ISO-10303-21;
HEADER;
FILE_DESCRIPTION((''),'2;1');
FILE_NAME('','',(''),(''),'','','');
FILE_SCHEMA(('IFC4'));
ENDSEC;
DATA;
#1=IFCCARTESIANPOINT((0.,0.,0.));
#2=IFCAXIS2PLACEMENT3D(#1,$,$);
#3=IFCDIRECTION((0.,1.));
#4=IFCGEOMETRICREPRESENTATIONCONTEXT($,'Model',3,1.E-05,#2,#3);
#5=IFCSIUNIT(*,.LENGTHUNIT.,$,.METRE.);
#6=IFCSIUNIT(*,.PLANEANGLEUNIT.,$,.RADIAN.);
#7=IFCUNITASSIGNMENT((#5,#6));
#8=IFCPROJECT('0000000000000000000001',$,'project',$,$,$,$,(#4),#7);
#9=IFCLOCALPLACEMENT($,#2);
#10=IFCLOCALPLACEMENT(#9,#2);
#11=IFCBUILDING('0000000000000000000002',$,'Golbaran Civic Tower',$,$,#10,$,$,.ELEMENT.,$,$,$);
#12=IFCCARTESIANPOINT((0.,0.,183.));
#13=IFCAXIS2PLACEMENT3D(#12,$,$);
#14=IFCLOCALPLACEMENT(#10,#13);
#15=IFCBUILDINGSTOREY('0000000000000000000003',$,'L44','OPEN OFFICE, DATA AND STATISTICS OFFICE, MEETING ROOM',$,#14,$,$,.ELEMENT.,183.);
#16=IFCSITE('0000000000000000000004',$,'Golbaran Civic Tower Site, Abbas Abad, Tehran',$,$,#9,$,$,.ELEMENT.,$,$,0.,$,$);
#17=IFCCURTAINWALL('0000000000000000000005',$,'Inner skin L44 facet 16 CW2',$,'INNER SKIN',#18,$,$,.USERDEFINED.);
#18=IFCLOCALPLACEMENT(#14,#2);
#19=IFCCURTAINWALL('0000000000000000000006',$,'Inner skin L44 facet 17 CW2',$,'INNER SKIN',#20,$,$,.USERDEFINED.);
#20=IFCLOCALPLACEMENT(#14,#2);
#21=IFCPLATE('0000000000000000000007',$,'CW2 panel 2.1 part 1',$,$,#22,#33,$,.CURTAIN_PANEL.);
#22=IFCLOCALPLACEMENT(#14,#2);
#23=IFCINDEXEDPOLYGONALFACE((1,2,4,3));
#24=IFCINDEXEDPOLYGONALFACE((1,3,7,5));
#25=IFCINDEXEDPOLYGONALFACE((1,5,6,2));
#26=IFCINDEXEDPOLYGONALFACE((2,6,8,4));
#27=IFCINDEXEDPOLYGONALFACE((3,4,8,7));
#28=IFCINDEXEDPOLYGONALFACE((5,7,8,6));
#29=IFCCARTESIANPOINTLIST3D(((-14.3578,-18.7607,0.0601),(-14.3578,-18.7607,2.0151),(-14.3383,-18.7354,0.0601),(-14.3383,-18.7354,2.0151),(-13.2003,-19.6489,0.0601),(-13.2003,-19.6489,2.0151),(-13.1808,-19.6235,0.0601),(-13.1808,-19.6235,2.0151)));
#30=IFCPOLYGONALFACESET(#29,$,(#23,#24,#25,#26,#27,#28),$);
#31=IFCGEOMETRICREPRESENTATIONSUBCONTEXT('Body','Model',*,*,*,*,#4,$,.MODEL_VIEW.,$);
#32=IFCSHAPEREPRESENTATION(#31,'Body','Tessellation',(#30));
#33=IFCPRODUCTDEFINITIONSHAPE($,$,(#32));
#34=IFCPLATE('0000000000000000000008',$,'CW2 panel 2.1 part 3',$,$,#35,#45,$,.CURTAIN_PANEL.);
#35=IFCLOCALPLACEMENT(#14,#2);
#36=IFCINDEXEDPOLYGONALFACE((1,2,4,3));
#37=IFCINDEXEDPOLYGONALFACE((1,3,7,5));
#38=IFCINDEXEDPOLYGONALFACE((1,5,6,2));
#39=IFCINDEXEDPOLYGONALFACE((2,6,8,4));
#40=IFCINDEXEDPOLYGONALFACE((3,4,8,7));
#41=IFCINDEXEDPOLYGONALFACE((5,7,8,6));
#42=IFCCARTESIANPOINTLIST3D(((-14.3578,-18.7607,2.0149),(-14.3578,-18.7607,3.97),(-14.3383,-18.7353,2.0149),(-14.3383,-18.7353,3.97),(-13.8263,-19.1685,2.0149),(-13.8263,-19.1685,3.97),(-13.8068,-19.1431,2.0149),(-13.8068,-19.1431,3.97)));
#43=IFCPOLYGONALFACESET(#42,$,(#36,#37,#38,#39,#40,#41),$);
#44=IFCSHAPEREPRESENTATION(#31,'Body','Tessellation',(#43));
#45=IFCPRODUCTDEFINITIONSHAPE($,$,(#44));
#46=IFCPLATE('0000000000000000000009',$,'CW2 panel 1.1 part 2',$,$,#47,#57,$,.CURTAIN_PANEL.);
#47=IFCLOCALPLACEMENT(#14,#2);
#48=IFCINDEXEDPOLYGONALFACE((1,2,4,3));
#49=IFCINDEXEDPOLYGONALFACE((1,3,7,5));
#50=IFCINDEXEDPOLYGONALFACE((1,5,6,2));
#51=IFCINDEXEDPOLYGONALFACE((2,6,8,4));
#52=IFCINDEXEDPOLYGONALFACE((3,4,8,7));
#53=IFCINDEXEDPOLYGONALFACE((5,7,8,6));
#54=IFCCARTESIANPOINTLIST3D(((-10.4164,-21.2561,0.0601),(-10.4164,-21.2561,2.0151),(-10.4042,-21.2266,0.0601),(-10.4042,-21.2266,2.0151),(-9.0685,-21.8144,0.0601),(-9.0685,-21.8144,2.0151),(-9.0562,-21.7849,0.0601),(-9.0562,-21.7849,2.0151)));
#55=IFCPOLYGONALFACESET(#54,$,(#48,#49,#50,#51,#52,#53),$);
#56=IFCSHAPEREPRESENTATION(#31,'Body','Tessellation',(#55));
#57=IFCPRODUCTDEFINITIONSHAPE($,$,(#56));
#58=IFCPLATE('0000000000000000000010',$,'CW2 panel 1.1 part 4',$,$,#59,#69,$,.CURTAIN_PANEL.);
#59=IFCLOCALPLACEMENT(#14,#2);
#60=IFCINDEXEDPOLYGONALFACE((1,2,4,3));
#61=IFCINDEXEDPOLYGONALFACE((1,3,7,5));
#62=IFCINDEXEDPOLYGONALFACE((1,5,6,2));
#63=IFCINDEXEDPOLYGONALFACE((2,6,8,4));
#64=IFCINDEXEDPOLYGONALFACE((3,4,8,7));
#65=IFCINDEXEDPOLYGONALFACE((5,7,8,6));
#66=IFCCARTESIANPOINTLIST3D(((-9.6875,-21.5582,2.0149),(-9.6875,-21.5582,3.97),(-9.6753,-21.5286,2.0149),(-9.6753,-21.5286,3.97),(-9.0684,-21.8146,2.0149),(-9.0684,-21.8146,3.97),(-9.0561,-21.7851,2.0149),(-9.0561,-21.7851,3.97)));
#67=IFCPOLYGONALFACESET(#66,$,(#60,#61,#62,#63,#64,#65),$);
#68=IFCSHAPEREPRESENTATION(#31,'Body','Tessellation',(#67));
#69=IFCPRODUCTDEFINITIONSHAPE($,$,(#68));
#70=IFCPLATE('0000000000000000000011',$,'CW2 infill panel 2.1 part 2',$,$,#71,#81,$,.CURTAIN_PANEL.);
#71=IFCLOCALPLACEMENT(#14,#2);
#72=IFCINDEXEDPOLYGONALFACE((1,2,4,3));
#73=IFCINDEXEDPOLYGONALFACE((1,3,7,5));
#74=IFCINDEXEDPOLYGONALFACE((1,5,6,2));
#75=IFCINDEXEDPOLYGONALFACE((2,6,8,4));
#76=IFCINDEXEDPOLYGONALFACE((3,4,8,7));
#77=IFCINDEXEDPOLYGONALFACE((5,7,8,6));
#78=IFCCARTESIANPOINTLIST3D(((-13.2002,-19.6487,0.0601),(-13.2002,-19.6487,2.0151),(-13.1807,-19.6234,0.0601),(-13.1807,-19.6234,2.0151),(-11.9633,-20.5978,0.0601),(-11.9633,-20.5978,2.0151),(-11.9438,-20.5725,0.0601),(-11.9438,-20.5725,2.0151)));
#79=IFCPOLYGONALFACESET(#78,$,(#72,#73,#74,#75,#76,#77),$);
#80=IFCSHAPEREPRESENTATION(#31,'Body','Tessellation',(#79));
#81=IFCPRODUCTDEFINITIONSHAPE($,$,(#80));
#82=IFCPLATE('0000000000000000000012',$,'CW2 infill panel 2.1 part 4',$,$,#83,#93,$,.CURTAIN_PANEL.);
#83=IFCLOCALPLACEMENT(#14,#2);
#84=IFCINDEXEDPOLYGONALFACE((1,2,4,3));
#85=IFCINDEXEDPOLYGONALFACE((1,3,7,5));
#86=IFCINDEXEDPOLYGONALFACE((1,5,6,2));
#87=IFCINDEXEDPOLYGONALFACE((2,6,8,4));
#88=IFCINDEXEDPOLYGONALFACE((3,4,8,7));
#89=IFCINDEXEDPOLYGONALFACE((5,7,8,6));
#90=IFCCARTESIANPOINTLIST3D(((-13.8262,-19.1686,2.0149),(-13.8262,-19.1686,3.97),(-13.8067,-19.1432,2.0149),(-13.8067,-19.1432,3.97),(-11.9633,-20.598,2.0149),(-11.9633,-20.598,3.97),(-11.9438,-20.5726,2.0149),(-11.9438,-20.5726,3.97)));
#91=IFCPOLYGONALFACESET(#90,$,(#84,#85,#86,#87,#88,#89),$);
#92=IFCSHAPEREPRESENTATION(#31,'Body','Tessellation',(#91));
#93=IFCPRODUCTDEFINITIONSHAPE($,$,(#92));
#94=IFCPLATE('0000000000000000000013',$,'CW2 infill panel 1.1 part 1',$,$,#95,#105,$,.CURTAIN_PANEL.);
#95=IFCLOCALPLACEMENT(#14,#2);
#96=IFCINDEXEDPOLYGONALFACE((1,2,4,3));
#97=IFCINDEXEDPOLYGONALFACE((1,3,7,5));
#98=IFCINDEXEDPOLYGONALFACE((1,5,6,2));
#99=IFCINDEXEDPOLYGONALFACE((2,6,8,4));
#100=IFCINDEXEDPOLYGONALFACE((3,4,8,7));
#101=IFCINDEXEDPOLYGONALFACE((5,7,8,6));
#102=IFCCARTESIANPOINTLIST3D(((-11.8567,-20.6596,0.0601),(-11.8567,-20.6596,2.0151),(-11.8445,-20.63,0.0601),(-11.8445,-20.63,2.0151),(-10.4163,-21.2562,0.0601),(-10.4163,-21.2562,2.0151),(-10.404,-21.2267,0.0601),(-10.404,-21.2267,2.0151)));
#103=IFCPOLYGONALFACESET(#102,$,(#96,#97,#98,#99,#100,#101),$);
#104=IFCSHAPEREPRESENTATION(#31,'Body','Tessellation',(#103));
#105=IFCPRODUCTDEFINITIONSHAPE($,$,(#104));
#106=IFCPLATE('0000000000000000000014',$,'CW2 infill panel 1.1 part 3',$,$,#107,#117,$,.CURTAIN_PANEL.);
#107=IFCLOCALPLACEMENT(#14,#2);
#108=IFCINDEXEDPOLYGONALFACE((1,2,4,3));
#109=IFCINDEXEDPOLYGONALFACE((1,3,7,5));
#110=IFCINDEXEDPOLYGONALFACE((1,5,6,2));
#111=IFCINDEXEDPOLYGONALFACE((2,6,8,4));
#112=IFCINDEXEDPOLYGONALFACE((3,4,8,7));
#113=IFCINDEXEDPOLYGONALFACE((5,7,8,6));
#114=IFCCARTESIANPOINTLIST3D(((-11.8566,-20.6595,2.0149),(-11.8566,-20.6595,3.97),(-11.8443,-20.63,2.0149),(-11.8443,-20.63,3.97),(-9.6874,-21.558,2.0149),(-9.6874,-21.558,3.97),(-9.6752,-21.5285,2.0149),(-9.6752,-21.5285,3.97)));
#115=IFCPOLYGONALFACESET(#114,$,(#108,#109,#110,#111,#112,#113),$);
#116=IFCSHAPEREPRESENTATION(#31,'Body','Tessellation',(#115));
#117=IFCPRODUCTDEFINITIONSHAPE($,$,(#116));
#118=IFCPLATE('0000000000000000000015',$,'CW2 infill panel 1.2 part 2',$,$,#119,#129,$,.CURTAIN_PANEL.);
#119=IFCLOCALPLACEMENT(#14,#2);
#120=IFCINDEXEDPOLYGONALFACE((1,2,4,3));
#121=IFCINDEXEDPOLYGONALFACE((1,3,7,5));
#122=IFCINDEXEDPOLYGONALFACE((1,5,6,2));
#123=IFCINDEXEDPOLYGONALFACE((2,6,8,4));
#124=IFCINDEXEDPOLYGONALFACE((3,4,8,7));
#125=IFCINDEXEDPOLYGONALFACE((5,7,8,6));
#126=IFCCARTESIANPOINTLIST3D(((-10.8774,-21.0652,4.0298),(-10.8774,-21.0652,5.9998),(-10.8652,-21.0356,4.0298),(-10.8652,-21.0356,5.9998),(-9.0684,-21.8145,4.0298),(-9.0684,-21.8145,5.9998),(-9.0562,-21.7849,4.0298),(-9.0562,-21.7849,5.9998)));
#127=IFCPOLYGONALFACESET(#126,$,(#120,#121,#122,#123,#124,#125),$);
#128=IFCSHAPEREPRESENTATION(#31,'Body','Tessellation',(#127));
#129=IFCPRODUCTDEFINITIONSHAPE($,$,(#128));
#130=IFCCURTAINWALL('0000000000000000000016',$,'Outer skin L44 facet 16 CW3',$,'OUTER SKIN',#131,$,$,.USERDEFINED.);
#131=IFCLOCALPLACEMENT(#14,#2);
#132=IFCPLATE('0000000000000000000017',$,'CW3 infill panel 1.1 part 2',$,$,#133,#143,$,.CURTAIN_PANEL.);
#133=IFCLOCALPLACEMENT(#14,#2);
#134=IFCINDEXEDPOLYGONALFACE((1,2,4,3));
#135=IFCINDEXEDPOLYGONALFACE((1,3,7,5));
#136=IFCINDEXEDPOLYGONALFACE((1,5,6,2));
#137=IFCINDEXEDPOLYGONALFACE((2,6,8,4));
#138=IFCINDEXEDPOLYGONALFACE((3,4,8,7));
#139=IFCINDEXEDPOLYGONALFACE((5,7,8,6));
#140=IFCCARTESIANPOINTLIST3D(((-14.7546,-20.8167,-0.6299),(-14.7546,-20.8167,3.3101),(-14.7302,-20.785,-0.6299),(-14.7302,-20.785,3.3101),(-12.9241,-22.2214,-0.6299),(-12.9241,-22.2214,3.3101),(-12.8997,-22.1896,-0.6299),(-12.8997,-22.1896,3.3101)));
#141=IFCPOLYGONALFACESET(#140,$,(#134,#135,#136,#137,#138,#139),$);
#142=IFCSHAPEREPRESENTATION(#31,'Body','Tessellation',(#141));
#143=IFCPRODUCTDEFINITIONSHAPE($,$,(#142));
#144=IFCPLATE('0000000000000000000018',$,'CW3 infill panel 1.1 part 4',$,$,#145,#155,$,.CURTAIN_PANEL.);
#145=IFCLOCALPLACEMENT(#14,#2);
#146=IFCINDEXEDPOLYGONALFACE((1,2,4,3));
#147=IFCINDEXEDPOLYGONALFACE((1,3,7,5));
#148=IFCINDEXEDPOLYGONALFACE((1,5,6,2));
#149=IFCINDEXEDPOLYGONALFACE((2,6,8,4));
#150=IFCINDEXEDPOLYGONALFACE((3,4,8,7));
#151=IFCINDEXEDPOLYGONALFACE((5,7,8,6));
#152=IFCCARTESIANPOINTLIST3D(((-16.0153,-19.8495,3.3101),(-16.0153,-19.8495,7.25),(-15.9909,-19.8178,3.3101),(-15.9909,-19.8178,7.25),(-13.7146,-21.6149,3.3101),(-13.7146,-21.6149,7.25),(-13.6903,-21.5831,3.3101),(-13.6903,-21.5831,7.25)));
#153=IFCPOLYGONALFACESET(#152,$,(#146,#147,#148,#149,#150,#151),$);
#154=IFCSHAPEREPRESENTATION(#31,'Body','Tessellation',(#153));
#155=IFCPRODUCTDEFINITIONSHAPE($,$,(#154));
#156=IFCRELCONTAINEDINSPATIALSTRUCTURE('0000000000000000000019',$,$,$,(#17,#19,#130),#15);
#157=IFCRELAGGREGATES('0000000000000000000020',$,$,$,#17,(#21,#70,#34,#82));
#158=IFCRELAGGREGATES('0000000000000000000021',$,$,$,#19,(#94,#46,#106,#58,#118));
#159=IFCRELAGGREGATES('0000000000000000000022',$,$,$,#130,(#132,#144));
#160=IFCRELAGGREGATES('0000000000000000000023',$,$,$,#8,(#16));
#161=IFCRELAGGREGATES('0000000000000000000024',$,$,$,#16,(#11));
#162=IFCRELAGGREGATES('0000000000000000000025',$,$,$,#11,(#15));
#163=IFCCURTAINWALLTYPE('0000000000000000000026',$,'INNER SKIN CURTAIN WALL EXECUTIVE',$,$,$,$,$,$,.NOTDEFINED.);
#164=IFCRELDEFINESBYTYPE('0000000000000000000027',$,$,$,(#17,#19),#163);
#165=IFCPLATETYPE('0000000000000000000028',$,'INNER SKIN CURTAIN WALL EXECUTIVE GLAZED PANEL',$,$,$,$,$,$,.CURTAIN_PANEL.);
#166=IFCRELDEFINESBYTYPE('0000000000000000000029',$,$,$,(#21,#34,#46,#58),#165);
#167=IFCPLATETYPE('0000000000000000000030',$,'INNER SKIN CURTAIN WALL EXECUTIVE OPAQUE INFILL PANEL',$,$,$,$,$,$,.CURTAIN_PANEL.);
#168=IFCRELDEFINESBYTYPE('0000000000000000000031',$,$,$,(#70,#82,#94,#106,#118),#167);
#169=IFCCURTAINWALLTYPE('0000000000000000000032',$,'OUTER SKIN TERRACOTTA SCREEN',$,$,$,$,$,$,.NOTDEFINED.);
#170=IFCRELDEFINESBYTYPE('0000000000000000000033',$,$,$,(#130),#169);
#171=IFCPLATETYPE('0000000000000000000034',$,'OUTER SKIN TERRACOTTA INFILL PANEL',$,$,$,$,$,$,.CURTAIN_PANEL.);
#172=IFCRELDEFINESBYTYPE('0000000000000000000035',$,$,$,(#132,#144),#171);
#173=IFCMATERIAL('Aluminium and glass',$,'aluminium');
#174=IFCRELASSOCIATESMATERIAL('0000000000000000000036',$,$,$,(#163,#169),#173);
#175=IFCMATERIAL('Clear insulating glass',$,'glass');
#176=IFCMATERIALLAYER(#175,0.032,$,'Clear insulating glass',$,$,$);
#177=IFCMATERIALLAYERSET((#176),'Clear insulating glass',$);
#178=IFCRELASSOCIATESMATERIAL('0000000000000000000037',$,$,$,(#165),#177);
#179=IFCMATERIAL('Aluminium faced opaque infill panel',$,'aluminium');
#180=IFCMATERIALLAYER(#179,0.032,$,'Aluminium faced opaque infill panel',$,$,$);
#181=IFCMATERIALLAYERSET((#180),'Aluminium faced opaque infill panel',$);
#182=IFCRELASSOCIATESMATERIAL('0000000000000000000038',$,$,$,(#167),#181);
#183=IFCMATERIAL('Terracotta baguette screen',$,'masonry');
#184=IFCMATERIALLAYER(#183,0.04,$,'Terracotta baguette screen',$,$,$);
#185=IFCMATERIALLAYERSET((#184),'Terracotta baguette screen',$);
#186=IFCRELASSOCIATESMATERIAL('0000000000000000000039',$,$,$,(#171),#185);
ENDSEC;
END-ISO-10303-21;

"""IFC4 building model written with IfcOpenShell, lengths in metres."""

from ifc_helpers import new_model, si_unit, direction, frame, origin, origin_2d, place, context, subcontext, project, spatial, rectangle, extrude, material, layer, layer_set, type_object, element, aggregate, save


model = new_model("IFC4")

# Units and contexts
model_context = context("Model", 3, precision=1e-05, world=origin(), true_north=direction((0.0, 1.0)))
body_context = subcontext(model_context, "Body", "Model", "MODEL_VIEW")
ifc_project = project(units=[si_unit("LENGTHUNIT", "METRE"), si_unit("PLANEANGLEUNIT", "RADIAN")], contexts=[model_context])

# Site, building, storey
site_placement = place(None, origin())
site = spatial("IfcSite", under=ifc_project, at=site_placement, Name="Golbaran Civic Tower Site, Abbas Abad, Tehran", CompositionType="ELEMENT", RefElevation=0.0)
building_placement = place(site_placement, origin())
building = spatial("IfcBuilding", under=site, at=building_placement, Name="Golbaran Civic Tower", CompositionType="ELEMENT")
storey_placement = place(building_placement, frame((0.0, 0.0, 183.0)))
storey = spatial("IfcBuildingStorey", under=building, at=storey_placement, Name="L44", Description="OPEN OFFICE, DATA AND STATISTICS OFFICE, MEETING ROOM", CompositionType="ELEMENT", Elevation=183.0)

# Curtain walls
ifc_material_1 = material(Name="Aluminium and glass", Category="aluminium")
curtain_wall_type_1 = type_object("IfcCurtainWallType", Name="INNER SKIN CURTAIN WALL EXECUTIVE", PredefinedType="NOTDEFINED", material=ifc_material_1)
curtain_wall_1_placement = place(storey_placement, origin())
curtain_wall_1 = element("IfcCurtainWall", 1, at=curtain_wall_1_placement, inside=storey, type_object=curtain_wall_type_1, Name="Inner skin L44 facet 16 CW2", ObjectType="INNER SKIN", PredefinedType="USERDEFINED")
curtain_wall_2_placement = place(storey_placement, origin())
curtain_wall_2 = element("IfcCurtainWall", 2, at=curtain_wall_2_placement, inside=storey, type_object=curtain_wall_type_1, Name="Inner skin L44 facet 17 CW2", ObjectType="INNER SKIN", PredefinedType="USERDEFINED")

# Plates
ifc_material_2 = material(Name="Clear insulating glass", Category="glass")
ifc_layer_1 = layer(ifc_material_2, 0.032, Name="Clear insulating glass")
ifc_layer_set_1 = layer_set([ifc_layer_1], Name="Clear insulating glass")
plate_type_1 = type_object("IfcPlateType", Name="INNER SKIN CURTAIN WALL EXECUTIVE GLAZED PANEL", PredefinedType="CURTAIN_PANEL", material=ifc_layer_set_1)
plate_1_placement = place(storey_placement, frame((-13.7693, -19.1921, 0.0601), z_axis=(0.0, 0.0, 1.0), x_axis=(0.793353, -0.608761, 0.0)))
plate_1 = element("IfcPlate", 3, at=plate_1_placement, type_object=plate_type_1, Name="CW2 panel 2.1 part 1", PredefinedType="CURTAIN_PANEL", context=body_context, shape_type="SweptSolid", body=[
    extrude(rectangle(XDim=1.459, YDim=0.032, at=origin_2d()), origin(), (0.0, 0.0, 1.0), 1.9551),
])
plate_2_placement = place(storey_placement, frame((-14.0823, -18.9519, 2.0149), z_axis=(0.0, 0.0, 1.0), x_axis=(0.793353, -0.608761, 0.0)))
plate_2 = element("IfcPlate", 4, at=plate_2_placement, type_object=plate_type_1, Name="CW2 panel 2.1 part 3", PredefinedType="CURTAIN_PANEL", context=body_context, shape_type="SweptSolid", body=[
    extrude(rectangle(XDim=0.6699, YDim=0.032, at=origin_2d()), origin(), (0.0, 0.0, 1.0), 1.9551),
])
plate_3_placement = place(storey_placement, frame((-9.7363, -21.5205, 0.0601), z_axis=(0.0, 0.0, 1.0), x_axis=(0.92388, -0.382683, 0.0)))
plate_3 = element("IfcPlate", 5, at=plate_3_placement, type_object=plate_type_1, Name="CW2 panel 1.1 part 2", PredefinedType="CURTAIN_PANEL", context=body_context, shape_type="SweptSolid", body=[
    extrude(rectangle(XDim=1.459, YDim=0.032, at=origin_2d()), origin(), (0.0, 0.0, 1.0), 1.9551),
])
plate_4_placement = place(storey_placement, frame((-9.3718, -21.6716, 2.0149), z_axis=(0.0, 0.0, 1.0), x_axis=(0.92388, -0.382683, 0.0)))
plate_4 = element("IfcPlate", 6, at=plate_4_placement, type_object=plate_type_1, Name="CW2 panel 1.1 part 4", PredefinedType="CURTAIN_PANEL", context=body_context, shape_type="SweptSolid", body=[
    extrude(rectangle(XDim=0.6702, YDim=0.032, at=origin_2d()), origin(), (0.0, 0.0, 1.0), 1.9551),
])
ifc_material_3 = material(Name="Aluminium faced opaque infill panel", Category="aluminium")
ifc_layer_2 = layer(ifc_material_3, 0.032, Name="Aluminium faced opaque infill panel")
ifc_layer_set_2 = layer_set([ifc_layer_2], Name="Aluminium faced opaque infill panel")
plate_type_2 = type_object("IfcPlateType", Name="INNER SKIN CURTAIN WALL EXECUTIVE OPAQUE INFILL PANEL", PredefinedType="CURTAIN_PANEL", material=ifc_layer_set_2)
plate_5_placement = place(storey_placement, frame((-12.572, -20.1106, 0.0601), z_axis=(0.0, 0.0, 1.0), x_axis=(0.793353, -0.608761, 0.0)))
plate_5 = element("IfcPlate", 7, at=plate_5_placement, type_object=plate_type_2, Name="CW2 infill panel 2.1 part 2", PredefinedType="CURTAIN_PANEL", context=body_context, shape_type="SweptSolid", body=[
    extrude(rectangle(XDim=1.5591, YDim=0.032, at=origin_2d()), origin(), (0.0, 0.0, 1.0), 1.9551),
])
plate_6_placement = place(storey_placement, frame((-12.885, -19.8706, 2.0149), z_axis=(0.0, 0.0, 1.0), x_axis=(0.793353, -0.608761, 0.0)))
plate_6 = element("IfcPlate", 8, at=plate_6_placement, type_object=plate_type_2, Name="CW2 infill panel 2.1 part 4", PredefinedType="CURTAIN_PANEL", context=body_context, shape_type="SweptSolid", body=[
    extrude(rectangle(XDim=2.3481, YDim=0.032, at=origin_2d()), origin(), (0.0, 0.0, 1.0), 1.9551),
])
aggregate(curtain_wall_1, [plate_1, plate_5, plate_2, plate_6])
plate_7_placement = place(storey_placement, frame((-11.1304, -20.9431, 0.0601), z_axis=(0.0, 0.0, 1.0), x_axis=(0.92388, -0.382683, 0.0)))
plate_7 = element("IfcPlate", 9, at=plate_7_placement, type_object=plate_type_2, Name="CW2 infill panel 1.1 part 1", PredefinedType="CURTAIN_PANEL", context=body_context, shape_type="SweptSolid", body=[
    extrude(rectangle(XDim=1.5591, YDim=0.032, at=origin_2d()), origin(), (0.0, 0.0, 1.0), 1.9551),
])
plate_8_placement = place(storey_placement, frame((-10.7659, -21.094, 2.0149), z_axis=(0.0, 0.0, 1.0), x_axis=(0.92388, -0.382683, 0.0)))
plate_8 = element("IfcPlate", 10, at=plate_8_placement, type_object=plate_type_2, Name="CW2 infill panel 1.1 part 3", PredefinedType="CURTAIN_PANEL", context=body_context, shape_type="SweptSolid", body=[
    extrude(rectangle(XDim=2.3479, YDim=0.032, at=origin_2d()), origin(), (0.0, 0.0, 1.0), 1.9551),
])
plate_9_placement = place(storey_placement, frame((-9.9668, -21.425, 4.0298), z_axis=(0.0, 0.0, 1.0), x_axis=(0.92388, -0.382683, 0.0)))
plate_9 = element("IfcPlate", 11, at=plate_9_placement, type_object=plate_type_2, Name="CW2 infill panel 1.2 part 2", PredefinedType="CURTAIN_PANEL", context=body_context, shape_type="SweptSolid", body=[
    extrude(rectangle(XDim=1.958, YDim=0.032, at=origin_2d()), origin(), (0.0, 0.0, 1.0), 1.97),
])
aggregate(curtain_wall_2, [plate_7, plate_3, plate_8, plate_4, plate_9])

# Curtain wall, plates
curtain_wall_type_2 = type_object("IfcCurtainWallType", Name="OUTER SKIN TERRACOTTA SCREEN", PredefinedType="NOTDEFINED", material=ifc_material_1)
curtain_wall_3_placement = place(storey_placement, origin())
curtain_wall_3 = element("IfcCurtainWall", 12, at=curtain_wall_3_placement, inside=storey, type_object=curtain_wall_type_2, Name="Outer skin L44 facet 16 CW3", ObjectType="OUTER SKIN", PredefinedType="USERDEFINED")
ifc_material_4 = material(Name="Terracotta baguette screen", Category="masonry")
ifc_layer_3 = layer(ifc_material_4, 0.04, Name="Terracotta baguette screen")
ifc_layer_set_3 = layer_set([ifc_layer_3], Name="Terracotta baguette screen")
plate_type_3 = type_object("IfcPlateType", Name="OUTER SKIN TERRACOTTA INFILL PANEL", PredefinedType="CURTAIN_PANEL", material=ifc_layer_set_3)
plate_10_placement = place(storey_placement, frame((-13.8271, -21.5032, -0.6299), z_axis=(0.0, 0.0, 1.0), x_axis=(0.793353, -0.608761, 0.0)))
plate_10 = element("IfcPlate", 13, at=plate_10_placement, type_object=plate_type_3, Name="CW3 infill panel 1.1 part 2", PredefinedType="CURTAIN_PANEL", context=body_context, shape_type="SweptSolid", body=[
    extrude(rectangle(XDim=2.3074, YDim=0.04, at=origin_2d()), origin(), (0.0, 0.0, 1.0), 3.9399),
])
plate_11_placement = place(storey_placement, frame((-14.8528, -20.7163, 3.3101), z_axis=(0.0, 0.0, 1.0), x_axis=(0.793353, -0.608761, 0.0)))
plate_11 = element("IfcPlate", 14, at=plate_11_placement, type_object=plate_type_3, Name="CW3 infill panel 1.1 part 4", PredefinedType="CURTAIN_PANEL", context=body_context, shape_type="SweptSolid", body=[
    extrude(rectangle(XDim=2.8999, YDim=0.04, at=origin_2d()), origin(), (0.0, 0.0, 1.0), 3.9399),
])
aggregate(curtain_wall_3, [plate_10, plate_11])

save(model, "model.ifc")
